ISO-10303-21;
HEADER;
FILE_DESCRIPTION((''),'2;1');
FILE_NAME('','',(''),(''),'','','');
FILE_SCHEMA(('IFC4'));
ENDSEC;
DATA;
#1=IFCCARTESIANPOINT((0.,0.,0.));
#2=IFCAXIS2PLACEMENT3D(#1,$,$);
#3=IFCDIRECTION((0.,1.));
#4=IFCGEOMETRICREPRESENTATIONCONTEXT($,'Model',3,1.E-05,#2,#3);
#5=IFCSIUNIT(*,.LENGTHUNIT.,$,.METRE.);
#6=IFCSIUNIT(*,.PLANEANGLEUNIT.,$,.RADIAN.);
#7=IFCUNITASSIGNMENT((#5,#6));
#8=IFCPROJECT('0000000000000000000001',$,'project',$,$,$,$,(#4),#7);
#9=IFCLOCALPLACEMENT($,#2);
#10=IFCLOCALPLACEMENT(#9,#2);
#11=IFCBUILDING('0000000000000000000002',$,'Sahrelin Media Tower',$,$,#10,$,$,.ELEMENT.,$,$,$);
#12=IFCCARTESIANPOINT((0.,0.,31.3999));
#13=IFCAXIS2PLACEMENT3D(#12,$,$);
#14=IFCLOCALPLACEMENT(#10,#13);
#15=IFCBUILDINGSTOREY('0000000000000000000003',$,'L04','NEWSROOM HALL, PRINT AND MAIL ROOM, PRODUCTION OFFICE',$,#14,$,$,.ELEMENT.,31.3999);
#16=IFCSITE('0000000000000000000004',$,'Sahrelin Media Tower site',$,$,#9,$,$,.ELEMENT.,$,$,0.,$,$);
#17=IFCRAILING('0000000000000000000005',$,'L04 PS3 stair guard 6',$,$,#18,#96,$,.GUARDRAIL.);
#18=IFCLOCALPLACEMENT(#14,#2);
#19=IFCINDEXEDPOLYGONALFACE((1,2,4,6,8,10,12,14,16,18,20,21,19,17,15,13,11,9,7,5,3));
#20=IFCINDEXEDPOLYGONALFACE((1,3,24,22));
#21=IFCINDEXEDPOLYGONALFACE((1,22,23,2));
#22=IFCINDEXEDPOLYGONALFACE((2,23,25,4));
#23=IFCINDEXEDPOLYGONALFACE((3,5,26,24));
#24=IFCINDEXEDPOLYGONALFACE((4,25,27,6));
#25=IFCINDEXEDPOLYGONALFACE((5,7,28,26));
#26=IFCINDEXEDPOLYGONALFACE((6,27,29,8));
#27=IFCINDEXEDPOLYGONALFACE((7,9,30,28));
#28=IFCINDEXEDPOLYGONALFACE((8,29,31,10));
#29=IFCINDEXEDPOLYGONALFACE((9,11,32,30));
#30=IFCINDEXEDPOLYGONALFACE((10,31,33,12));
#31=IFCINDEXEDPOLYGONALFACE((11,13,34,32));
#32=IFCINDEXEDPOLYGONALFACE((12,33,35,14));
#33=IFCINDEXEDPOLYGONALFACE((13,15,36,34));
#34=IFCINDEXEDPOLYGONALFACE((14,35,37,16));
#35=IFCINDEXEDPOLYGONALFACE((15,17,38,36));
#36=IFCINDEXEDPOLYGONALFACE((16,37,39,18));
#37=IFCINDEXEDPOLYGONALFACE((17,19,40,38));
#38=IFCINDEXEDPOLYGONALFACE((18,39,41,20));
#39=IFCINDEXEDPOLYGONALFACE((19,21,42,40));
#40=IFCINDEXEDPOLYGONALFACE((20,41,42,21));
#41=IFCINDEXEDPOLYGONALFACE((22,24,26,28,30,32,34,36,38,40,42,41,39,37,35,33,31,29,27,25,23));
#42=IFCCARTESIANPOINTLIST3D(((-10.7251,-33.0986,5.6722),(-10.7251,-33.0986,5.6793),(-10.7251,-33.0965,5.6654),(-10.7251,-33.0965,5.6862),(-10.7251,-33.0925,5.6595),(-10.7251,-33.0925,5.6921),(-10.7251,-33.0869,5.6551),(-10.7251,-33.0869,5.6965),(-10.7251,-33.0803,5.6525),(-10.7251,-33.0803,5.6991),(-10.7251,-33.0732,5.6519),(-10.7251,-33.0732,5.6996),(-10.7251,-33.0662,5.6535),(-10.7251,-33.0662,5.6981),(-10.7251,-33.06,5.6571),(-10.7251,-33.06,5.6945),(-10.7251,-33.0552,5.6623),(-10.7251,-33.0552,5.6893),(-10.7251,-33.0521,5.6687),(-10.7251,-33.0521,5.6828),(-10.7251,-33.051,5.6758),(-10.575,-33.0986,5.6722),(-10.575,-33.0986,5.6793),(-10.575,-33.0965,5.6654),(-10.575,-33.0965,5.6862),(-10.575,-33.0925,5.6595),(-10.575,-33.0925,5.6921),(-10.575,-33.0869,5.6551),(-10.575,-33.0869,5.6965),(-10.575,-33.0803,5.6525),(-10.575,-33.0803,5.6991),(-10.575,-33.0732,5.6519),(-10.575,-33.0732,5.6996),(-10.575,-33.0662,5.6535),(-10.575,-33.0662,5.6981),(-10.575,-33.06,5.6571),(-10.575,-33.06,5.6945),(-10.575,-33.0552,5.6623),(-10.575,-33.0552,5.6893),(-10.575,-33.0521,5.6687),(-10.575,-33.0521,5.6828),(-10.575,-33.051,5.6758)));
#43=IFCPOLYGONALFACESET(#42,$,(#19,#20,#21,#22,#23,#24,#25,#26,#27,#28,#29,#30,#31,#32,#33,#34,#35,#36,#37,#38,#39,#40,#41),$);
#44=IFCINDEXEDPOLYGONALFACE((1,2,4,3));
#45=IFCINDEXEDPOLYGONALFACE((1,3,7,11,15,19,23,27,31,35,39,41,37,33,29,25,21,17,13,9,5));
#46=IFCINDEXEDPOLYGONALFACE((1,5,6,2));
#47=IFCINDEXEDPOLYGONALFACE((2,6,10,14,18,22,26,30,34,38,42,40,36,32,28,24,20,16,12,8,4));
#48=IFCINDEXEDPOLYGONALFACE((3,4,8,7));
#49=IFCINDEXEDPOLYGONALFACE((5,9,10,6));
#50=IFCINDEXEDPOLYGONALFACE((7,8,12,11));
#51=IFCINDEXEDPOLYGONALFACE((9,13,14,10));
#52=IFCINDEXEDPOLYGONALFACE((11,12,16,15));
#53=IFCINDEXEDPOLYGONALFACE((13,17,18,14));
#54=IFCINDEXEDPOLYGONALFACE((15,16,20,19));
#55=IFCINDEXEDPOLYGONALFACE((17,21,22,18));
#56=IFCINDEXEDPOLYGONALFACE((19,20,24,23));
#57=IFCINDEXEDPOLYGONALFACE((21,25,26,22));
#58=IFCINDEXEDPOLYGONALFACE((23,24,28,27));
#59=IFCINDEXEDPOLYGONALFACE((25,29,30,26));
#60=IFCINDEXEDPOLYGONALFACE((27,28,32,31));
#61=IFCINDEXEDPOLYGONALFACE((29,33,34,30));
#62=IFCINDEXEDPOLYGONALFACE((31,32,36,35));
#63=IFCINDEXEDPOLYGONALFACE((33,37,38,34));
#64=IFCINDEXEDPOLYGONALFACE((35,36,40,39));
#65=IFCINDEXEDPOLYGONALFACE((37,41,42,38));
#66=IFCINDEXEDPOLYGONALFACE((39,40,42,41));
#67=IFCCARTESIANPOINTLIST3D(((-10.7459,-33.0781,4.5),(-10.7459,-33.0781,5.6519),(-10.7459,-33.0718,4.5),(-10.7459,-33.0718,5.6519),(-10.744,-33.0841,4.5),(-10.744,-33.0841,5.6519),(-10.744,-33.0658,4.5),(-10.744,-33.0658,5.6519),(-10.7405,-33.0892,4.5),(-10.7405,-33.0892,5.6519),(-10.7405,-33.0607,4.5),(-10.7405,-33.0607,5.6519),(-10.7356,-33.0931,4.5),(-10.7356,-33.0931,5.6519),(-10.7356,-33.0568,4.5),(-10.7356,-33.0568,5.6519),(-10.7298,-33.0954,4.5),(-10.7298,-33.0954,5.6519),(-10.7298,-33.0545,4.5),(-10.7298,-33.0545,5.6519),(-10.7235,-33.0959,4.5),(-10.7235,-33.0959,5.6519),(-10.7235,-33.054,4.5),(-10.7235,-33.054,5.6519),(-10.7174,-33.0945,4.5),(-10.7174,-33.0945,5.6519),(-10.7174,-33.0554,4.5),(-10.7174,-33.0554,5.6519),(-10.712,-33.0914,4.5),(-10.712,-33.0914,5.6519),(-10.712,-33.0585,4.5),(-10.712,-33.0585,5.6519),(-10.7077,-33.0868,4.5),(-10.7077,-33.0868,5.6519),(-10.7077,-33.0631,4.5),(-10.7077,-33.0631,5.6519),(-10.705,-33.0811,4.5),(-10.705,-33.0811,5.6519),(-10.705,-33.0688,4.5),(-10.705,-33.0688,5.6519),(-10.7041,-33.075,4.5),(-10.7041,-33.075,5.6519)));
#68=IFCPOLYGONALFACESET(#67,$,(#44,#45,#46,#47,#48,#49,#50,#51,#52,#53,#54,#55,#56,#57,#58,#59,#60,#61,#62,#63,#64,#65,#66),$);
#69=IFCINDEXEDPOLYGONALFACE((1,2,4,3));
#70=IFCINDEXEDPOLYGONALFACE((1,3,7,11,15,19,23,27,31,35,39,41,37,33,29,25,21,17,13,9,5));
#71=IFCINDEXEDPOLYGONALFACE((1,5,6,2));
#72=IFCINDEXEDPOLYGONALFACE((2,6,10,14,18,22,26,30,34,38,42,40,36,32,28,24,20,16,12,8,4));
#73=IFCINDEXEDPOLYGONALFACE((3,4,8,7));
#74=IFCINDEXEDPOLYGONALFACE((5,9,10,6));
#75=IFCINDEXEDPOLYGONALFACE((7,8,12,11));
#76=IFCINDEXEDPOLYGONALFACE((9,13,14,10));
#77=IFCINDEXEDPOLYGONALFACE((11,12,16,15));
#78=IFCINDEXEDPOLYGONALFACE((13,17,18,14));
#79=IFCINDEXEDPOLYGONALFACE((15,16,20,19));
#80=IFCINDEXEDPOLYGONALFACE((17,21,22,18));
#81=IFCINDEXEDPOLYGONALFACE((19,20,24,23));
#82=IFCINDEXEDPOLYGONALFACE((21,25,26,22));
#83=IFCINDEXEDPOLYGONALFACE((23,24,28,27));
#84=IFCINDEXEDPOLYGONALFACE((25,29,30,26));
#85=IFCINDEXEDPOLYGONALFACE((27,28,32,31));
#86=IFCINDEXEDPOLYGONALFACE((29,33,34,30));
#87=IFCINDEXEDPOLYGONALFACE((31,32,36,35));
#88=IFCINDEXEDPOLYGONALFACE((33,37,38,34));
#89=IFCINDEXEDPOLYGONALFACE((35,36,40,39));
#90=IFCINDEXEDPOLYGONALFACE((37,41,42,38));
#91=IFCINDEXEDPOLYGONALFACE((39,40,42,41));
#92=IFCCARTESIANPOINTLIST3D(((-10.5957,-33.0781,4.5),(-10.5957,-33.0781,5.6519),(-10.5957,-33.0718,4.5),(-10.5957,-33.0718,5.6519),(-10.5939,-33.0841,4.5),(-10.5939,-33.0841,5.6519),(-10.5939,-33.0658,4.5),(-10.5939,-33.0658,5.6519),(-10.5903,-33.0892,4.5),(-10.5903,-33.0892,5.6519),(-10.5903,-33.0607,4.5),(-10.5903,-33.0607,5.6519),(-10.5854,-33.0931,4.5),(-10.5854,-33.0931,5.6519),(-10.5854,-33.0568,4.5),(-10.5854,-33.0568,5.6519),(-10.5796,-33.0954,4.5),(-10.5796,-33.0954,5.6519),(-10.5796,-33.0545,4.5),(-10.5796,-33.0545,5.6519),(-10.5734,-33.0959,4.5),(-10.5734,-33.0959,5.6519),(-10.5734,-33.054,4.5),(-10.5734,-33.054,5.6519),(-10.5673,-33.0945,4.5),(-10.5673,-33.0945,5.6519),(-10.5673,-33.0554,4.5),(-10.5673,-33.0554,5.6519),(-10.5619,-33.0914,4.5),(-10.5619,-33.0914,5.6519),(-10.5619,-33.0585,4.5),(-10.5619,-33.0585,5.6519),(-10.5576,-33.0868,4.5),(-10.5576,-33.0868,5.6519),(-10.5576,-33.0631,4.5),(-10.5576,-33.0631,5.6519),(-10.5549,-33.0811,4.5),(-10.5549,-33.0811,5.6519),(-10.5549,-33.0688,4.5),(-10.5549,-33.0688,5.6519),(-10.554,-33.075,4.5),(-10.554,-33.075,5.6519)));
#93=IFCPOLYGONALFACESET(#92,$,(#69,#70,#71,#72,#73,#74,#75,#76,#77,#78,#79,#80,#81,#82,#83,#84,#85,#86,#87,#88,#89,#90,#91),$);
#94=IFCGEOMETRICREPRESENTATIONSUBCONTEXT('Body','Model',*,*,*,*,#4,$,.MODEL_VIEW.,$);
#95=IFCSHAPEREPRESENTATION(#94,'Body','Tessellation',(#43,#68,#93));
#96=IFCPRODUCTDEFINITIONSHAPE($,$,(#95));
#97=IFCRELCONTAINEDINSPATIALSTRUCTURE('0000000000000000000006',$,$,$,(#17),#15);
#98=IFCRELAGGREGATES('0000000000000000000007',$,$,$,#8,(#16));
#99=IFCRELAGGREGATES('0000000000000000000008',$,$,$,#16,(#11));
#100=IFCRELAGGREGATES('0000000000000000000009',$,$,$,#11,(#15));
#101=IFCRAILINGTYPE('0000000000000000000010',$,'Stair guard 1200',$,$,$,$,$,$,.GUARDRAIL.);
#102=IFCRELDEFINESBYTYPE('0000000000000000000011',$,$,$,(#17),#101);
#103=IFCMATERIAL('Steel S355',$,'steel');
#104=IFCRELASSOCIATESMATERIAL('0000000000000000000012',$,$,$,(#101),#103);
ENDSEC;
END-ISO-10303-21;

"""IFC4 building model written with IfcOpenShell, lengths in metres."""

from ifc_helpers import new_model, si_unit, direction, frame, origin, origin_2d, place, context, subcontext, project, spatial, circle, extrude, material, type_object, element, save


model = new_model("IFC4")

# Units and contexts
model_context = context("Model", 3, precision=1e-05, world=origin(), true_north=direction((0.0, 1.0)))
body_context = subcontext(model_context, "Body", "Model", "MODEL_VIEW")
ifc_project = project(units=[si_unit("LENGTHUNIT", "METRE"), si_unit("PLANEANGLEUNIT", "RADIAN")], contexts=[model_context])

# Site, building, storey
site_placement = place(None, origin())
site = spatial("IfcSite", under=ifc_project, at=site_placement, Name="Sahrelin Media Tower site", CompositionType="ELEMENT", RefElevation=0.0)
building_placement = place(site_placement, origin())
building = spatial("IfcBuilding", under=site, at=building_placement, Name="Sahrelin Media Tower", CompositionType="ELEMENT")
storey_placement = place(building_placement, frame((0.0, 0.0, 31.3999)))
storey = spatial("IfcBuildingStorey", under=building, at=storey_placement, Name="L04", Description="NEWSROOM HALL, PRINT AND MAIL ROOM, PRODUCTION OFFICE", CompositionType="ELEMENT", Elevation=31.3999)

# Shared definitions
ifc_material_1 = material(Name="Steel S355", Category="steel")

# Railing
railing_type_1 = type_object("IfcRailingType", Name="Stair guard 1200", PredefinedType="GUARDRAIL", material=ifc_material_1)
railing_1_placement = place(storey_placement, frame((-10.7251, -33.075, 4.5)))
element("IfcRailing", 1, at=railing_1_placement, inside=storey, type_object=railing_type_1, Name="L04 PS3 stair guard 6", PredefinedType="GUARDRAIL", context=body_context, shape_type="SweptSolid", body=[
    extrude(circle(Radius=0.0239, at=origin_2d()), frame((0.0, 0.0, 1.1758), z_axis=(1.0, 0.0, 0.0), x_axis=(0.0, 1.0, 0.0)), (0.0, 0.0, 1.0), 0.1501),
    extrude(circle(Radius=0.021, at=origin_2d()), origin(), (0.0, 0.0, 1.0), 1.1519),
    extrude(circle(Radius=0.021, at=origin_2d()), frame((0.1501, 0.0, 0.0)), (0.0, 0.0, 1.0), 1.1519),
])

save(model, "model.ifc")
